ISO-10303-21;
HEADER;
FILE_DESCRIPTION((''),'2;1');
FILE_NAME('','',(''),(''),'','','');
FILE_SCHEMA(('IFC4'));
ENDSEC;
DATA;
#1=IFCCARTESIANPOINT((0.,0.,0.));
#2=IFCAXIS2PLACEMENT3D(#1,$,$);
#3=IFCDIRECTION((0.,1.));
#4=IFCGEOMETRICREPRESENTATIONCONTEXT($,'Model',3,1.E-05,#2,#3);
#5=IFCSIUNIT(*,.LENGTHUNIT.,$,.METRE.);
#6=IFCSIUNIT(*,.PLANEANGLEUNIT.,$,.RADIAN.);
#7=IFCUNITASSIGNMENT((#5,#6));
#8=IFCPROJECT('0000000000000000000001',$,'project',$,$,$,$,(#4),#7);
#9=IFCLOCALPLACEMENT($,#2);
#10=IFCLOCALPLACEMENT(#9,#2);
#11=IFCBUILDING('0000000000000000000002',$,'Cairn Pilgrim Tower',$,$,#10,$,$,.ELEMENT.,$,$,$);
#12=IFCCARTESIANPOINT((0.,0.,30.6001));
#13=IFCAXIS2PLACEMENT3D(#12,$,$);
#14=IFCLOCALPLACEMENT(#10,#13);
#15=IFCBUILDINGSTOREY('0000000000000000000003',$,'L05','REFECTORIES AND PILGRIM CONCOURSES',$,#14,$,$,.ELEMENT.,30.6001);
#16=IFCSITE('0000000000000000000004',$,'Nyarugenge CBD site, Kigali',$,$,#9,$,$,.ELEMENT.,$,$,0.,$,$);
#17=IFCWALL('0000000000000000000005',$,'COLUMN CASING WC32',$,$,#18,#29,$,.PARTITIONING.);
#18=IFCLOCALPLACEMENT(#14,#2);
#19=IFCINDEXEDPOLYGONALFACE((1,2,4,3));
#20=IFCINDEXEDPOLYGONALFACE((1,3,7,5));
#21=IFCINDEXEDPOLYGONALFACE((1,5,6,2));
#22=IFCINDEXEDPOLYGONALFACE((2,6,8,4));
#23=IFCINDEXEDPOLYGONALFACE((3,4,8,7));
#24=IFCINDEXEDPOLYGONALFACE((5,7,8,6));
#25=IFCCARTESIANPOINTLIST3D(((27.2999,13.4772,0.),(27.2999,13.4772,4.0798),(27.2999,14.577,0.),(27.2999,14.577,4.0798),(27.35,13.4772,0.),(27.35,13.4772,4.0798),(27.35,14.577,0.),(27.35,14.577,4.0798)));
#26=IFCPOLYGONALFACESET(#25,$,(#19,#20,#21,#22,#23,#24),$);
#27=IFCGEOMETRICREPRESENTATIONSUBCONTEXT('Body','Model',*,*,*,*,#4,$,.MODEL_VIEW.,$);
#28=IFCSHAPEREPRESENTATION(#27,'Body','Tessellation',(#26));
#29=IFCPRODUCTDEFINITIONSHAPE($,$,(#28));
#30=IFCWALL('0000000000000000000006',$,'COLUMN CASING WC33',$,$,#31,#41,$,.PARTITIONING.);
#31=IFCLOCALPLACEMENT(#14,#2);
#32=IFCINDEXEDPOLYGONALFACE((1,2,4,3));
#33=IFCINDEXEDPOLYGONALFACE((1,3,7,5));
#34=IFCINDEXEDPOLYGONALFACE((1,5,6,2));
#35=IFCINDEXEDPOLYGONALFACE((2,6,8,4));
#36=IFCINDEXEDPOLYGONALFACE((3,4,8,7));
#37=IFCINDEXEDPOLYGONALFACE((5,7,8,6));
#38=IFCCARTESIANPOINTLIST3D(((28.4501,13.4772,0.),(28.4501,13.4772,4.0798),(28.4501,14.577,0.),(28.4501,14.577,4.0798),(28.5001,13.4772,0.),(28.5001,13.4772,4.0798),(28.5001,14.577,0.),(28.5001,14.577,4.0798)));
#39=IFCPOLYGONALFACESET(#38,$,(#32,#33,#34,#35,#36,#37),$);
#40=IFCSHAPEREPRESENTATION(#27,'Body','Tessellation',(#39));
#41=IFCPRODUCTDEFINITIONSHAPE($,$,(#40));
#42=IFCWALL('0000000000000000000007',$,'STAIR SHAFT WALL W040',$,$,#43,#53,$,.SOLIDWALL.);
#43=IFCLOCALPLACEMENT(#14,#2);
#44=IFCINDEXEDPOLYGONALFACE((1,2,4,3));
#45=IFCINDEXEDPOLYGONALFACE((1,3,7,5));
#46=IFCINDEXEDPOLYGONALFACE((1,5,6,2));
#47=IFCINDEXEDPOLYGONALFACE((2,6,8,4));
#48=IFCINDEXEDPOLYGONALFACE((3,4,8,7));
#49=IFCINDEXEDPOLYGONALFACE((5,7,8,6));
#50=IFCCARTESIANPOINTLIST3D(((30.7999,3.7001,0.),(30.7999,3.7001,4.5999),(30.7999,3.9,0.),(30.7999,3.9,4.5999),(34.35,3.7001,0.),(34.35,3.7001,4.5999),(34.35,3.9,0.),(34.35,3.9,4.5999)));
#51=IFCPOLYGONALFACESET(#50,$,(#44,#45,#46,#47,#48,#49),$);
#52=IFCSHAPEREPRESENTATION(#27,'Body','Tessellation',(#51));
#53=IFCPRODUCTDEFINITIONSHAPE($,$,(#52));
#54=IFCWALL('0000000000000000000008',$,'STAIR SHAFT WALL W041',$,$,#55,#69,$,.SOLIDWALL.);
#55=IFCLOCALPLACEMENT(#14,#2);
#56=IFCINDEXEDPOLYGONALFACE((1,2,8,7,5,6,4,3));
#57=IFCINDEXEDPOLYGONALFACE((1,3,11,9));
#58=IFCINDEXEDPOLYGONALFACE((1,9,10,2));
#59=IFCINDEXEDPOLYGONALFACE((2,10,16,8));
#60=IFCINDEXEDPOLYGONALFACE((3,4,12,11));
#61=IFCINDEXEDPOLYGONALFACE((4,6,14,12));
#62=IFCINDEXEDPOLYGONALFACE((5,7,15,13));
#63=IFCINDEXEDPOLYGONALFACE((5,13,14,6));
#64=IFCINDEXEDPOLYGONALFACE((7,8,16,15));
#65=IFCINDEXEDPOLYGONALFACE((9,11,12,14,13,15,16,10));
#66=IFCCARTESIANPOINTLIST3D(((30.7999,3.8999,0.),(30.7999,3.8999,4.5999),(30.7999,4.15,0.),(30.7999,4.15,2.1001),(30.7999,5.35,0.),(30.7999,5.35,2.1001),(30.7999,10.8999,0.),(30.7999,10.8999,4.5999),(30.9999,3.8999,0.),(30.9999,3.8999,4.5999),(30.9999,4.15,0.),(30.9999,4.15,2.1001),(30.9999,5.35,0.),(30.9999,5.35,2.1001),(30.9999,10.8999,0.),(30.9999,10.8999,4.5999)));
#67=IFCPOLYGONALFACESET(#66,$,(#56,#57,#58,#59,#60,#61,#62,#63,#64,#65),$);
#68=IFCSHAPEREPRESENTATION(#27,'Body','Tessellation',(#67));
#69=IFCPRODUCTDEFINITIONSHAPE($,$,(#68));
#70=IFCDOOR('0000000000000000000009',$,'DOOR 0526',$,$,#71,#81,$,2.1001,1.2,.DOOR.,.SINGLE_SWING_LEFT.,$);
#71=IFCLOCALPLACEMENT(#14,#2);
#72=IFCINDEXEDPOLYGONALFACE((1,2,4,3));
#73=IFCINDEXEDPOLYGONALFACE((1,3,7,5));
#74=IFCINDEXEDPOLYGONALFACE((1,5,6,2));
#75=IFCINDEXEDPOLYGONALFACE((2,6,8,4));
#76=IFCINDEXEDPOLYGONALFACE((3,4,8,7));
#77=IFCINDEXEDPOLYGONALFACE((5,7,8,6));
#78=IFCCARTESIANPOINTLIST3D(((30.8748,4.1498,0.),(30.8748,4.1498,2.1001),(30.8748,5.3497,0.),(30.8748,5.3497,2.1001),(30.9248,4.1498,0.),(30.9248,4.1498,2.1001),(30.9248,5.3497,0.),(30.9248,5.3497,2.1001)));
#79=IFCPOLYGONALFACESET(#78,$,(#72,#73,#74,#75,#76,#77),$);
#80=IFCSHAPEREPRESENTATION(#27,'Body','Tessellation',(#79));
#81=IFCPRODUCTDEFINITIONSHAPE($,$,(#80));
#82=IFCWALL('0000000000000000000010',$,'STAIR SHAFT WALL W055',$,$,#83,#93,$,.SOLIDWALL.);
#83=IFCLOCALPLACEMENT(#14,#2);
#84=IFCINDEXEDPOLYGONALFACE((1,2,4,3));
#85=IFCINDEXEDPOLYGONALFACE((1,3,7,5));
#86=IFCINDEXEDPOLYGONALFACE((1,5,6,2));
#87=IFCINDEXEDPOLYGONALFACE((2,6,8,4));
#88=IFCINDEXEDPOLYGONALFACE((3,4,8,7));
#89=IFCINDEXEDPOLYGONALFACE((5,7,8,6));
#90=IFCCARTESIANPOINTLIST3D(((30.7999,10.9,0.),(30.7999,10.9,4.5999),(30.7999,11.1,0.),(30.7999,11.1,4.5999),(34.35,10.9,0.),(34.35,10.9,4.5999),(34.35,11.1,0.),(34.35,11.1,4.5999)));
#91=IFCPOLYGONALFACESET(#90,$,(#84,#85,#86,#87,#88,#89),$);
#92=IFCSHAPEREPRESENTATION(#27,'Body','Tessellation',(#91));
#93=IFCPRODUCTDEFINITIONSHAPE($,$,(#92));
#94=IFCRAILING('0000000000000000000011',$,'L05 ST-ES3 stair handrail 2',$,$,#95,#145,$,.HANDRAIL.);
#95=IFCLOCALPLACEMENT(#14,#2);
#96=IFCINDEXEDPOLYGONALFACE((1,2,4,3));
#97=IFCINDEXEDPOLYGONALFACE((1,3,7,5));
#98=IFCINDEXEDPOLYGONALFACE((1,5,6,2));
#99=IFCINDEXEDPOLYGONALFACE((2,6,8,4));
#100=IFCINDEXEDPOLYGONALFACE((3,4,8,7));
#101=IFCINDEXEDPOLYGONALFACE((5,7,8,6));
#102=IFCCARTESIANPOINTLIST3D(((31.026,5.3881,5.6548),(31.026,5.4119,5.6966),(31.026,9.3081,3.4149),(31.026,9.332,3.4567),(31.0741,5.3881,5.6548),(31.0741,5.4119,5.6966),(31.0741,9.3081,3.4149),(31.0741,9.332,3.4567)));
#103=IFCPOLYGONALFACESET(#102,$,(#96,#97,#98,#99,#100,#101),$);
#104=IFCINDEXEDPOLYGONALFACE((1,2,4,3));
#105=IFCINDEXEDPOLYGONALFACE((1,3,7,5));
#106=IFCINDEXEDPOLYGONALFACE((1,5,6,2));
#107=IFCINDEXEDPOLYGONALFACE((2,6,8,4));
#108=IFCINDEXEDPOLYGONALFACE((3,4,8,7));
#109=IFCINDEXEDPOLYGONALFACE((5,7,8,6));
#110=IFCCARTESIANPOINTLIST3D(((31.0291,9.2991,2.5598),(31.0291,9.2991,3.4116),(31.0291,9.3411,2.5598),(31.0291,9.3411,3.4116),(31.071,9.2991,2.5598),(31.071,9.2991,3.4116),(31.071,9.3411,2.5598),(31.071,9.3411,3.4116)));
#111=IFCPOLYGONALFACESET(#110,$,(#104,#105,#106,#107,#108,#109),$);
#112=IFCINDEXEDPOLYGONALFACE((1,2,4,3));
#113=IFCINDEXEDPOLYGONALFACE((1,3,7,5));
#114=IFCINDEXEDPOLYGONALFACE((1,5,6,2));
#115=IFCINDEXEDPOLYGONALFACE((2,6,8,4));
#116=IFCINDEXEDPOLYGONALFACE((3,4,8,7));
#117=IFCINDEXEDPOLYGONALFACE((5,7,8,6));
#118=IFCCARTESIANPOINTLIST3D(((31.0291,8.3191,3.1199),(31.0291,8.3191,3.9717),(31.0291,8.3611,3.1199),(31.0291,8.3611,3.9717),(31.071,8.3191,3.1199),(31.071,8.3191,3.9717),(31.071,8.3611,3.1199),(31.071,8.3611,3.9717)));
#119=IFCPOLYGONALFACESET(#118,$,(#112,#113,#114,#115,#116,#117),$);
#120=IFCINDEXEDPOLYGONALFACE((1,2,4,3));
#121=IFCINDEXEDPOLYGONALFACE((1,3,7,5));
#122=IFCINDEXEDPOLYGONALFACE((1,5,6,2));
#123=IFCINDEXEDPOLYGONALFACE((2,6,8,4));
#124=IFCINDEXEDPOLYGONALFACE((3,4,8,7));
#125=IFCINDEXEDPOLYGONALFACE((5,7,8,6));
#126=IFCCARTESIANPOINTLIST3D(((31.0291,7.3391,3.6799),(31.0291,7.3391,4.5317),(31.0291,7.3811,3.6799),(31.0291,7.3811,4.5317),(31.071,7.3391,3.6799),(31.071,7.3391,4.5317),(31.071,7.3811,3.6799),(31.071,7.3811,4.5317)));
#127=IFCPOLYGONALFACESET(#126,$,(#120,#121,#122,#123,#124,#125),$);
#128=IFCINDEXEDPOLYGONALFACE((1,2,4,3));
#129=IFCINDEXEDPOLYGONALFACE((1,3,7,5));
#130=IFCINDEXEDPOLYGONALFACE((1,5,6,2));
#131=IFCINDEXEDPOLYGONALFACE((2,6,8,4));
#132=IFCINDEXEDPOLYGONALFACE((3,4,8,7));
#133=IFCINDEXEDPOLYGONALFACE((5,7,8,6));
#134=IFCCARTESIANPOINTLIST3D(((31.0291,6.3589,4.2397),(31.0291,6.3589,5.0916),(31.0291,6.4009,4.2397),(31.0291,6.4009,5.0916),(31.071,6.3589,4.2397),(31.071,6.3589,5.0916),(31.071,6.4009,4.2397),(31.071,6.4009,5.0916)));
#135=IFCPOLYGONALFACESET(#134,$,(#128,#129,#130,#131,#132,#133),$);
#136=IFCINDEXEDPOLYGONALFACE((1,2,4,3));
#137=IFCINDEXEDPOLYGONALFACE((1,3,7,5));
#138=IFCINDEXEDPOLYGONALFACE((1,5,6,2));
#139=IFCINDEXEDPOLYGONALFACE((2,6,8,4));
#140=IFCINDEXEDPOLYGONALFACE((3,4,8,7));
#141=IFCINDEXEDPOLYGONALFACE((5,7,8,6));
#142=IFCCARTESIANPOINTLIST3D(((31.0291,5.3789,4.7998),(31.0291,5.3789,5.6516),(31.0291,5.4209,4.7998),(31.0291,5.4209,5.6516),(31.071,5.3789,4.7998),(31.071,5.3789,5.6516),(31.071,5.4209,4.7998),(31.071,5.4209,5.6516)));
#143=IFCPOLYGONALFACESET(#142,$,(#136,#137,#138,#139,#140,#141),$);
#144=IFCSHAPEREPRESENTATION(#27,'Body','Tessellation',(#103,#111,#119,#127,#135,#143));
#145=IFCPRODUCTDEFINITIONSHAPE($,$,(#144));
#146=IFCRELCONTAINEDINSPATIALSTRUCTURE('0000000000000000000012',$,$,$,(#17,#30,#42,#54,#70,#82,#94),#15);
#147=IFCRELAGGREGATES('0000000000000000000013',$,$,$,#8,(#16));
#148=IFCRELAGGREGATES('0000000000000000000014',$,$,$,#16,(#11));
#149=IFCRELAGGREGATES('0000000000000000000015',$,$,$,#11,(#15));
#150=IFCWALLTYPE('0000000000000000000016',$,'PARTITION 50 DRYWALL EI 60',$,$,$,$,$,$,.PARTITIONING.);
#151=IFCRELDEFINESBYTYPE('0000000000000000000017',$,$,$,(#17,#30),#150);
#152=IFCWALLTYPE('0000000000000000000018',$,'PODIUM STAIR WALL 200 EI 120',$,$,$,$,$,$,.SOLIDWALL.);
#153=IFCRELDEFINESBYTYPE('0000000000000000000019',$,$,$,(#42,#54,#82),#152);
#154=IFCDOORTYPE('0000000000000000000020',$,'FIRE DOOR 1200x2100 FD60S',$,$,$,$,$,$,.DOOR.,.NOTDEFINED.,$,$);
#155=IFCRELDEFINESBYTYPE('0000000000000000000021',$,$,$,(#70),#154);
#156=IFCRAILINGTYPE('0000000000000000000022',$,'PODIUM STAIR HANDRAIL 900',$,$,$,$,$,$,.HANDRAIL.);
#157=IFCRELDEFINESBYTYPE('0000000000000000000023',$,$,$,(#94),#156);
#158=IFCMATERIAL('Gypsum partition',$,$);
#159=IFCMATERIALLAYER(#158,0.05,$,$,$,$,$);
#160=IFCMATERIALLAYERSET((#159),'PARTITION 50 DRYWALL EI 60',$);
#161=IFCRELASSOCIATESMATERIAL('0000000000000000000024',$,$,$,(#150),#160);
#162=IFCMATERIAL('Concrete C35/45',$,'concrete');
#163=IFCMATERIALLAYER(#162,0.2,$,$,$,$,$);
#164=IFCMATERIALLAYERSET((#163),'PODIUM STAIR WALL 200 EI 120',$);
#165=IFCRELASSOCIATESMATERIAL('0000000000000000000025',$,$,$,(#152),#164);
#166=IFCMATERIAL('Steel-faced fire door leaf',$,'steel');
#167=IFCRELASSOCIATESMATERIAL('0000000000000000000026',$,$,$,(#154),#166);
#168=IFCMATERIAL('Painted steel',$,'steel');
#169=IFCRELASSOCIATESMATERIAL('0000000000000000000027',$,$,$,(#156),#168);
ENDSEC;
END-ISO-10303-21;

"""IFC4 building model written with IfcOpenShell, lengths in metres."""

from ifc_helpers import new_model, si_unit, direction, frame, frame_2d, origin, origin_2d, place, context, subcontext, project, spatial, rectangle, extrude, material, layer, layer_set, type_object, element, fill, save


model = new_model("IFC4")

# Units and contexts
model_context = context("Model", 3, precision=1e-05, world=origin(), true_north=direction((0.0, 1.0)))
body_context = subcontext(model_context, "Body", "Model", "MODEL_VIEW")
ifc_project = project(units=[si_unit("LENGTHUNIT", "METRE"), si_unit("PLANEANGLEUNIT", "RADIAN")], contexts=[model_context])

# Site, building, storey
site_placement = place(None, origin())
site = spatial("IfcSite", under=ifc_project, at=site_placement, Name="Nyarugenge CBD site, Kigali", CompositionType="ELEMENT", RefElevation=0.0)
building_placement = place(site_placement, origin())
building = spatial("IfcBuilding", under=site, at=building_placement, Name="Cairn Pilgrim Tower", CompositionType="ELEMENT")
storey_placement = place(building_placement, frame((0.0, 0.0, 30.6001)))
storey = spatial("IfcBuildingStorey", under=building, at=storey_placement, Name="L05", Description="REFECTORIES AND PILGRIM CONCOURSES", CompositionType="ELEMENT", Elevation=30.6001)

# Walls
ifc_material_1 = material(Name="Gypsum partition")
ifc_layer_1 = layer(ifc_material_1, 0.05)
ifc_layer_set_1 = layer_set([ifc_layer_1], Name="PARTITION 50 DRYWALL EI 60")
wall_type_1 = type_object("IfcWallType", Name="PARTITION 50 DRYWALL EI 60", PredefinedType="PARTITIONING", material=ifc_layer_set_1)
for number, where, z_axis, x_axis, name in (
    (1, (27.325, 13.4773, 0.0), (0.0, 0.0, 1.0), (0.0, 1.0, 0.0), "COLUMN CASING WC32"),
    (2, (28.4751, 13.4773, 0.0), (0.0, 0.0, 1.0), (0.0, 1.0, 0.0), "COLUMN CASING WC33"),
):
    element("IfcWall", number, at=place(storey_placement, frame(where, z_axis=z_axis, x_axis=x_axis)), inside=storey, type_object=wall_type_1, Name=name, PredefinedType="PARTITIONING", context=body_context, shape_type="SweptSolid", body=[
        extrude(rectangle(XDim=1.0999, YDim=0.05, at=frame_2d((0.5498, 0.0))), origin(), (0.0, 0.0, 1.0), 4.0798),
    ])
ifc_material_2 = material(Name="Concrete C35/45", Category="concrete")
ifc_layer_2 = layer(ifc_material_2, 0.2)
ifc_layer_set_2 = layer_set([ifc_layer_2], Name="PODIUM STAIR WALL 200 EI 120")
wall_type_2 = type_object("IfcWallType", Name="PODIUM STAIR WALL 200 EI 120", PredefinedType="SOLIDWALL", material=ifc_layer_set_2)
wall_1_placement = place(storey_placement, frame((30.8, 3.8, 0.0), z_axis=(0.0, 0.0, 1.0), x_axis=(1.0, 0.0, 0.0)))
element("IfcWall", 3, at=wall_1_placement, inside=storey, type_object=wall_type_2, Name="STAIR SHAFT WALL W040", PredefinedType="SOLIDWALL", context=body_context, shape_type="SweptSolid", body=[
    extrude(rectangle(XDim=3.55, YDim=0.2, at=frame_2d((1.7749, 0.0))), origin(), (0.0, 0.0, 1.0), 4.5999),
])

# Wall, opening, door
wall_2_placement = place(storey_placement, frame((30.8999, 3.8999, 0.0), z_axis=(0.0, 0.0, 1.0), x_axis=(0.0, 1.0, 0.0)))
wall_2 = element("IfcWall", 4, at=wall_2_placement, inside=storey, type_object=wall_type_2, Name="STAIR SHAFT WALL W041", PredefinedType="SOLIDWALL", context=body_context, shape_type="SweptSolid", body=[
    extrude(rectangle(XDim=7.0, YDim=0.2, at=frame_2d((3.5, 0.0))), origin(), (0.0, 0.0, 1.0), 4.5999),
])
opening_placement = place(wall_2_placement, frame((0.25, 0.0, 0.0)))
opening = element("IfcOpeningElement", 5, at=opening_placement, cuts=wall_2, PredefinedType="OPENING", context=body_context, shape_type="SweptSolid", body=[
    extrude(rectangle(XDim=1.2, YDim=2.1001, at=frame_2d((0.6001, 1.05))), frame((0.0, 0.1099, 0.0), z_axis=(0.0, -1.0, 0.0), x_axis=(1.0, 0.0, 0.0)), (0.0, 0.0, 1.0), 0.22),
])
ifc_material_3 = material(Name="Steel-faced fire door leaf", Category="steel")
door_type = type_object("IfcDoorType", Name="FIRE DOOR 1200x2100 FD60S", OperationType="NOTDEFINED", PredefinedType="DOOR", material=ifc_material_3)
door_placement = place(opening_placement, frame((1.2, 0.0, 0.0), z_axis=(0.0, 0.0, 1.0), x_axis=(-1.0, 0.0, 0.0)))
door = element("IfcDoor", 6, at=door_placement, inside=storey, type_object=door_type, Name="DOOR 0526", OperationType="SINGLE_SWING_LEFT", OverallHeight=2.1001, OverallWidth=1.2, PredefinedType="DOOR", context=body_context, shape_type="SweptSolid", body=[
    extrude(rectangle(XDim=1.2, YDim=2.1001, at=frame_2d((0.6001, 1.05))), frame((0.0, 0.0249, 0.0), z_axis=(0.0, -1.0, 0.0), x_axis=(1.0, 0.0, 0.0)), (0.0, 0.0, 1.0), 0.05),
])
fill(opening, door)

# Wall
wall_3_placement = place(storey_placement, frame((30.8, 11.0, 0.0), z_axis=(0.0, 0.0, 1.0), x_axis=(1.0, 0.0, 0.0)))
element("IfcWall", 7, at=wall_3_placement, inside=storey, type_object=wall_type_2, Name="STAIR SHAFT WALL W055", PredefinedType="SOLIDWALL", context=body_context, shape_type="SweptSolid", body=[
    extrude(rectangle(XDim=3.55, YDim=0.2, at=frame_2d((1.7749, 0.0))), origin(), (0.0, 0.0, 1.0), 4.5999),
])

# Railing
ifc_material_4 = material(Name="Painted steel", Category="steel")
railing_type = type_object("IfcRailingType", Name="PODIUM STAIR HANDRAIL 900", PredefinedType="HANDRAIL", material=ifc_material_4)
railing_placement = place(storey_placement, frame((31.05, 9.3201, 2.5598)))
element("IfcRailing", 8, at=railing_placement, inside=storey, type_object=railing_type, Name="L05 ST-ES3 stair handrail 2", PredefinedType="HANDRAIL", context=body_context, shape_type="SweptSolid", body=[
    extrude(rectangle(XDim=0.0481, YDim=0.0481, at=origin_2d()), frame((0.0, 0.0, 0.876), z_axis=(0.0, -0.868253, 0.496121), x_axis=(1.0, 0.0, 0.0)), (0.0, 0.0, 1.0), 4.5149),
    extrude(rectangle(XDim=0.042, YDim=0.042, at=origin_2d()), origin(), (0.0, 0.0, 1.0), 0.8518),
    extrude(rectangle(XDim=0.042, YDim=0.042, at=origin_2d()), frame((0.0, -0.98, 0.5601)), (0.0, 0.0, 1.0), 0.8518),
    extrude(rectangle(XDim=0.042, YDim=0.042, at=origin_2d()), frame((0.0, -1.96, 1.1201)), (0.0, 0.0, 1.0), 0.8518),
    extrude(rectangle(XDim=0.042, YDim=0.042, at=origin_2d()), frame((0.0, -2.9402, 1.6799)), (0.0, 0.0, 1.0), 0.8518),
    extrude(rectangle(XDim=0.042, YDim=0.042, at=origin_2d()), frame((0.0, -3.9202, 2.24)), (0.0, 0.0, 1.0), 0.8518),
])

save(model, "model.ifc")
